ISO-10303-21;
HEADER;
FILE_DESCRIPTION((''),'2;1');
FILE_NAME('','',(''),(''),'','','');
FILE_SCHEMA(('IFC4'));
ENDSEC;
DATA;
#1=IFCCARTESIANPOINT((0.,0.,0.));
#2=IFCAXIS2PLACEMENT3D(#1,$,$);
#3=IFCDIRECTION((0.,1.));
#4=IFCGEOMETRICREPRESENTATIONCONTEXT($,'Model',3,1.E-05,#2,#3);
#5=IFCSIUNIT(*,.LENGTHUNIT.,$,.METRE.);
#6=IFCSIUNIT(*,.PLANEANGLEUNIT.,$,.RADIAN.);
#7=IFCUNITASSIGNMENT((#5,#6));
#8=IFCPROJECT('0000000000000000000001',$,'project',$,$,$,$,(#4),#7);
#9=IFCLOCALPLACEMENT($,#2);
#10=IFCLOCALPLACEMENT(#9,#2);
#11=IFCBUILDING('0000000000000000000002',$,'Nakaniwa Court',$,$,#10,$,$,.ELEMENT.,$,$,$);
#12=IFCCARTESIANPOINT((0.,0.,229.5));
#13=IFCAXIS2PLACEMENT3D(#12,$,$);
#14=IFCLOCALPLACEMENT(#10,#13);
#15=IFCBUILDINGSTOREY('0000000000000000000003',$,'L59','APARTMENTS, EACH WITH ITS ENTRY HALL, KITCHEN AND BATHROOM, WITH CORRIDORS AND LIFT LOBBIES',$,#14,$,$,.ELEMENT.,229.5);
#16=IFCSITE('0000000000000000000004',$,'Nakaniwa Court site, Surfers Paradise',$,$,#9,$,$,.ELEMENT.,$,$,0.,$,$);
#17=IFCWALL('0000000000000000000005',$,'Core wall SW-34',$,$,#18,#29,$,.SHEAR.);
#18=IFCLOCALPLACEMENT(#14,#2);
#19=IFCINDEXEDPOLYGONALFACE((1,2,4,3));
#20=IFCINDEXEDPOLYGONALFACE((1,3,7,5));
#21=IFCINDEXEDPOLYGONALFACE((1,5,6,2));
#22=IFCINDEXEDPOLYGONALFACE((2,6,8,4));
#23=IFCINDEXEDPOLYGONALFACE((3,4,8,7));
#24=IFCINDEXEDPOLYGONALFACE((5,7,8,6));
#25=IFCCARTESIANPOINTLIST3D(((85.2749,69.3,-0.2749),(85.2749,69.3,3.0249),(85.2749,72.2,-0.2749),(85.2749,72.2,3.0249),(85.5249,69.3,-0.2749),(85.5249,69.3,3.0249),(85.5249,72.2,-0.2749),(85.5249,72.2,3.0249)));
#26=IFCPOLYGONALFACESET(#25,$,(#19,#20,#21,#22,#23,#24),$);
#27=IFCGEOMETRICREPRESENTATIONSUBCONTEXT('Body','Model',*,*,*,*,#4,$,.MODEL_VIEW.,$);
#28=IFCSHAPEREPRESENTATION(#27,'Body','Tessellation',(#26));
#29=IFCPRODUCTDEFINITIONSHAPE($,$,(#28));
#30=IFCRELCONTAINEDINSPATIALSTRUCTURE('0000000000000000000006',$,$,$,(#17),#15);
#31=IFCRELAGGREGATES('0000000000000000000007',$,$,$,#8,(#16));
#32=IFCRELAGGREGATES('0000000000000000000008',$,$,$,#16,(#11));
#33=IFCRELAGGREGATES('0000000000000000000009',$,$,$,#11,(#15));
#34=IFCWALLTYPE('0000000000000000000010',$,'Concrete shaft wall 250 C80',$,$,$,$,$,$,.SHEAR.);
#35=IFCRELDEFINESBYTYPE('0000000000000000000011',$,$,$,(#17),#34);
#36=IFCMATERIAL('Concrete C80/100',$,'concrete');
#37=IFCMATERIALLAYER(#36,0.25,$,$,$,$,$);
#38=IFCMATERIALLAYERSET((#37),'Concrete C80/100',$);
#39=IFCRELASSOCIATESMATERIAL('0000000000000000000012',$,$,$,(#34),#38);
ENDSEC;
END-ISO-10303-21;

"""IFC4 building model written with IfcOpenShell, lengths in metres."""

from ifc_helpers import new_model, si_unit, direction, frame, frame_2d, origin, place, context, subcontext, project, spatial, rectangle, extrude, material, layer, layer_set, type_object, element, save


model = new_model("IFC4")

# Units and contexts
model_context = context("Model", 3, precision=1e-05, world=origin(), true_north=direction((0.0, 1.0)))
body_context = subcontext(model_context, "Body", "Model", "MODEL_VIEW")
ifc_project = project(units=[si_unit("LENGTHUNIT", "METRE"), si_unit("PLANEANGLEUNIT", "RADIAN")], contexts=[model_context])

# Site, building, storey
site_placement = place(None, origin())
site = spatial("IfcSite", under=ifc_project, at=site_placement, Name="Nakaniwa Court site, Surfers Paradise", CompositionType="ELEMENT", RefElevation=0.0)
building_placement = place(site_placement, origin())
building = spatial("IfcBuilding", under=site, at=building_placement, Name="Nakaniwa Court", CompositionType="ELEMENT")
storey_placement = place(building_placement, frame((0.0, 0.0, 229.5)))
storey = spatial("IfcBuildingStorey", under=building, at=storey_placement, Name="L59", Description="APARTMENTS, EACH WITH ITS ENTRY HALL, KITCHEN AND BATHROOM, WITH CORRIDORS AND LIFT LOBBIES", CompositionType="ELEMENT", Elevation=229.5)

# Shared definitions
ifc_material_1 = material(Name="Concrete C80/100", Category="concrete")

# Wall
ifc_layer_1 = layer(ifc_material_1, 0.25)
ifc_layer_set_1 = layer_set([ifc_layer_1], Name="Concrete C80/100")
wall_type_1 = type_object("IfcWallType", Name="Concrete shaft wall 250 C80", PredefinedType="SHEAR", material=ifc_layer_set_1)
wall_1_placement = place(storey_placement, frame((85.3999, 69.3, -0.2749), z_axis=(0.0, 0.0, 1.0), x_axis=(0.0, 1.0, 0.0)))
element("IfcWall", 1, at=wall_1_placement, inside=storey, type_object=wall_type_1, Name="Core wall SW-34", PredefinedType="SHEAR", context=body_context, shape_type="SweptSolid", body=[
    extrude(rectangle(XDim=2.8999, YDim=0.25, at=frame_2d((1.45, 0.0))), origin(), (0.0, 0.0, 1.0), 3.2998),
])

save(model, "model.ifc")
